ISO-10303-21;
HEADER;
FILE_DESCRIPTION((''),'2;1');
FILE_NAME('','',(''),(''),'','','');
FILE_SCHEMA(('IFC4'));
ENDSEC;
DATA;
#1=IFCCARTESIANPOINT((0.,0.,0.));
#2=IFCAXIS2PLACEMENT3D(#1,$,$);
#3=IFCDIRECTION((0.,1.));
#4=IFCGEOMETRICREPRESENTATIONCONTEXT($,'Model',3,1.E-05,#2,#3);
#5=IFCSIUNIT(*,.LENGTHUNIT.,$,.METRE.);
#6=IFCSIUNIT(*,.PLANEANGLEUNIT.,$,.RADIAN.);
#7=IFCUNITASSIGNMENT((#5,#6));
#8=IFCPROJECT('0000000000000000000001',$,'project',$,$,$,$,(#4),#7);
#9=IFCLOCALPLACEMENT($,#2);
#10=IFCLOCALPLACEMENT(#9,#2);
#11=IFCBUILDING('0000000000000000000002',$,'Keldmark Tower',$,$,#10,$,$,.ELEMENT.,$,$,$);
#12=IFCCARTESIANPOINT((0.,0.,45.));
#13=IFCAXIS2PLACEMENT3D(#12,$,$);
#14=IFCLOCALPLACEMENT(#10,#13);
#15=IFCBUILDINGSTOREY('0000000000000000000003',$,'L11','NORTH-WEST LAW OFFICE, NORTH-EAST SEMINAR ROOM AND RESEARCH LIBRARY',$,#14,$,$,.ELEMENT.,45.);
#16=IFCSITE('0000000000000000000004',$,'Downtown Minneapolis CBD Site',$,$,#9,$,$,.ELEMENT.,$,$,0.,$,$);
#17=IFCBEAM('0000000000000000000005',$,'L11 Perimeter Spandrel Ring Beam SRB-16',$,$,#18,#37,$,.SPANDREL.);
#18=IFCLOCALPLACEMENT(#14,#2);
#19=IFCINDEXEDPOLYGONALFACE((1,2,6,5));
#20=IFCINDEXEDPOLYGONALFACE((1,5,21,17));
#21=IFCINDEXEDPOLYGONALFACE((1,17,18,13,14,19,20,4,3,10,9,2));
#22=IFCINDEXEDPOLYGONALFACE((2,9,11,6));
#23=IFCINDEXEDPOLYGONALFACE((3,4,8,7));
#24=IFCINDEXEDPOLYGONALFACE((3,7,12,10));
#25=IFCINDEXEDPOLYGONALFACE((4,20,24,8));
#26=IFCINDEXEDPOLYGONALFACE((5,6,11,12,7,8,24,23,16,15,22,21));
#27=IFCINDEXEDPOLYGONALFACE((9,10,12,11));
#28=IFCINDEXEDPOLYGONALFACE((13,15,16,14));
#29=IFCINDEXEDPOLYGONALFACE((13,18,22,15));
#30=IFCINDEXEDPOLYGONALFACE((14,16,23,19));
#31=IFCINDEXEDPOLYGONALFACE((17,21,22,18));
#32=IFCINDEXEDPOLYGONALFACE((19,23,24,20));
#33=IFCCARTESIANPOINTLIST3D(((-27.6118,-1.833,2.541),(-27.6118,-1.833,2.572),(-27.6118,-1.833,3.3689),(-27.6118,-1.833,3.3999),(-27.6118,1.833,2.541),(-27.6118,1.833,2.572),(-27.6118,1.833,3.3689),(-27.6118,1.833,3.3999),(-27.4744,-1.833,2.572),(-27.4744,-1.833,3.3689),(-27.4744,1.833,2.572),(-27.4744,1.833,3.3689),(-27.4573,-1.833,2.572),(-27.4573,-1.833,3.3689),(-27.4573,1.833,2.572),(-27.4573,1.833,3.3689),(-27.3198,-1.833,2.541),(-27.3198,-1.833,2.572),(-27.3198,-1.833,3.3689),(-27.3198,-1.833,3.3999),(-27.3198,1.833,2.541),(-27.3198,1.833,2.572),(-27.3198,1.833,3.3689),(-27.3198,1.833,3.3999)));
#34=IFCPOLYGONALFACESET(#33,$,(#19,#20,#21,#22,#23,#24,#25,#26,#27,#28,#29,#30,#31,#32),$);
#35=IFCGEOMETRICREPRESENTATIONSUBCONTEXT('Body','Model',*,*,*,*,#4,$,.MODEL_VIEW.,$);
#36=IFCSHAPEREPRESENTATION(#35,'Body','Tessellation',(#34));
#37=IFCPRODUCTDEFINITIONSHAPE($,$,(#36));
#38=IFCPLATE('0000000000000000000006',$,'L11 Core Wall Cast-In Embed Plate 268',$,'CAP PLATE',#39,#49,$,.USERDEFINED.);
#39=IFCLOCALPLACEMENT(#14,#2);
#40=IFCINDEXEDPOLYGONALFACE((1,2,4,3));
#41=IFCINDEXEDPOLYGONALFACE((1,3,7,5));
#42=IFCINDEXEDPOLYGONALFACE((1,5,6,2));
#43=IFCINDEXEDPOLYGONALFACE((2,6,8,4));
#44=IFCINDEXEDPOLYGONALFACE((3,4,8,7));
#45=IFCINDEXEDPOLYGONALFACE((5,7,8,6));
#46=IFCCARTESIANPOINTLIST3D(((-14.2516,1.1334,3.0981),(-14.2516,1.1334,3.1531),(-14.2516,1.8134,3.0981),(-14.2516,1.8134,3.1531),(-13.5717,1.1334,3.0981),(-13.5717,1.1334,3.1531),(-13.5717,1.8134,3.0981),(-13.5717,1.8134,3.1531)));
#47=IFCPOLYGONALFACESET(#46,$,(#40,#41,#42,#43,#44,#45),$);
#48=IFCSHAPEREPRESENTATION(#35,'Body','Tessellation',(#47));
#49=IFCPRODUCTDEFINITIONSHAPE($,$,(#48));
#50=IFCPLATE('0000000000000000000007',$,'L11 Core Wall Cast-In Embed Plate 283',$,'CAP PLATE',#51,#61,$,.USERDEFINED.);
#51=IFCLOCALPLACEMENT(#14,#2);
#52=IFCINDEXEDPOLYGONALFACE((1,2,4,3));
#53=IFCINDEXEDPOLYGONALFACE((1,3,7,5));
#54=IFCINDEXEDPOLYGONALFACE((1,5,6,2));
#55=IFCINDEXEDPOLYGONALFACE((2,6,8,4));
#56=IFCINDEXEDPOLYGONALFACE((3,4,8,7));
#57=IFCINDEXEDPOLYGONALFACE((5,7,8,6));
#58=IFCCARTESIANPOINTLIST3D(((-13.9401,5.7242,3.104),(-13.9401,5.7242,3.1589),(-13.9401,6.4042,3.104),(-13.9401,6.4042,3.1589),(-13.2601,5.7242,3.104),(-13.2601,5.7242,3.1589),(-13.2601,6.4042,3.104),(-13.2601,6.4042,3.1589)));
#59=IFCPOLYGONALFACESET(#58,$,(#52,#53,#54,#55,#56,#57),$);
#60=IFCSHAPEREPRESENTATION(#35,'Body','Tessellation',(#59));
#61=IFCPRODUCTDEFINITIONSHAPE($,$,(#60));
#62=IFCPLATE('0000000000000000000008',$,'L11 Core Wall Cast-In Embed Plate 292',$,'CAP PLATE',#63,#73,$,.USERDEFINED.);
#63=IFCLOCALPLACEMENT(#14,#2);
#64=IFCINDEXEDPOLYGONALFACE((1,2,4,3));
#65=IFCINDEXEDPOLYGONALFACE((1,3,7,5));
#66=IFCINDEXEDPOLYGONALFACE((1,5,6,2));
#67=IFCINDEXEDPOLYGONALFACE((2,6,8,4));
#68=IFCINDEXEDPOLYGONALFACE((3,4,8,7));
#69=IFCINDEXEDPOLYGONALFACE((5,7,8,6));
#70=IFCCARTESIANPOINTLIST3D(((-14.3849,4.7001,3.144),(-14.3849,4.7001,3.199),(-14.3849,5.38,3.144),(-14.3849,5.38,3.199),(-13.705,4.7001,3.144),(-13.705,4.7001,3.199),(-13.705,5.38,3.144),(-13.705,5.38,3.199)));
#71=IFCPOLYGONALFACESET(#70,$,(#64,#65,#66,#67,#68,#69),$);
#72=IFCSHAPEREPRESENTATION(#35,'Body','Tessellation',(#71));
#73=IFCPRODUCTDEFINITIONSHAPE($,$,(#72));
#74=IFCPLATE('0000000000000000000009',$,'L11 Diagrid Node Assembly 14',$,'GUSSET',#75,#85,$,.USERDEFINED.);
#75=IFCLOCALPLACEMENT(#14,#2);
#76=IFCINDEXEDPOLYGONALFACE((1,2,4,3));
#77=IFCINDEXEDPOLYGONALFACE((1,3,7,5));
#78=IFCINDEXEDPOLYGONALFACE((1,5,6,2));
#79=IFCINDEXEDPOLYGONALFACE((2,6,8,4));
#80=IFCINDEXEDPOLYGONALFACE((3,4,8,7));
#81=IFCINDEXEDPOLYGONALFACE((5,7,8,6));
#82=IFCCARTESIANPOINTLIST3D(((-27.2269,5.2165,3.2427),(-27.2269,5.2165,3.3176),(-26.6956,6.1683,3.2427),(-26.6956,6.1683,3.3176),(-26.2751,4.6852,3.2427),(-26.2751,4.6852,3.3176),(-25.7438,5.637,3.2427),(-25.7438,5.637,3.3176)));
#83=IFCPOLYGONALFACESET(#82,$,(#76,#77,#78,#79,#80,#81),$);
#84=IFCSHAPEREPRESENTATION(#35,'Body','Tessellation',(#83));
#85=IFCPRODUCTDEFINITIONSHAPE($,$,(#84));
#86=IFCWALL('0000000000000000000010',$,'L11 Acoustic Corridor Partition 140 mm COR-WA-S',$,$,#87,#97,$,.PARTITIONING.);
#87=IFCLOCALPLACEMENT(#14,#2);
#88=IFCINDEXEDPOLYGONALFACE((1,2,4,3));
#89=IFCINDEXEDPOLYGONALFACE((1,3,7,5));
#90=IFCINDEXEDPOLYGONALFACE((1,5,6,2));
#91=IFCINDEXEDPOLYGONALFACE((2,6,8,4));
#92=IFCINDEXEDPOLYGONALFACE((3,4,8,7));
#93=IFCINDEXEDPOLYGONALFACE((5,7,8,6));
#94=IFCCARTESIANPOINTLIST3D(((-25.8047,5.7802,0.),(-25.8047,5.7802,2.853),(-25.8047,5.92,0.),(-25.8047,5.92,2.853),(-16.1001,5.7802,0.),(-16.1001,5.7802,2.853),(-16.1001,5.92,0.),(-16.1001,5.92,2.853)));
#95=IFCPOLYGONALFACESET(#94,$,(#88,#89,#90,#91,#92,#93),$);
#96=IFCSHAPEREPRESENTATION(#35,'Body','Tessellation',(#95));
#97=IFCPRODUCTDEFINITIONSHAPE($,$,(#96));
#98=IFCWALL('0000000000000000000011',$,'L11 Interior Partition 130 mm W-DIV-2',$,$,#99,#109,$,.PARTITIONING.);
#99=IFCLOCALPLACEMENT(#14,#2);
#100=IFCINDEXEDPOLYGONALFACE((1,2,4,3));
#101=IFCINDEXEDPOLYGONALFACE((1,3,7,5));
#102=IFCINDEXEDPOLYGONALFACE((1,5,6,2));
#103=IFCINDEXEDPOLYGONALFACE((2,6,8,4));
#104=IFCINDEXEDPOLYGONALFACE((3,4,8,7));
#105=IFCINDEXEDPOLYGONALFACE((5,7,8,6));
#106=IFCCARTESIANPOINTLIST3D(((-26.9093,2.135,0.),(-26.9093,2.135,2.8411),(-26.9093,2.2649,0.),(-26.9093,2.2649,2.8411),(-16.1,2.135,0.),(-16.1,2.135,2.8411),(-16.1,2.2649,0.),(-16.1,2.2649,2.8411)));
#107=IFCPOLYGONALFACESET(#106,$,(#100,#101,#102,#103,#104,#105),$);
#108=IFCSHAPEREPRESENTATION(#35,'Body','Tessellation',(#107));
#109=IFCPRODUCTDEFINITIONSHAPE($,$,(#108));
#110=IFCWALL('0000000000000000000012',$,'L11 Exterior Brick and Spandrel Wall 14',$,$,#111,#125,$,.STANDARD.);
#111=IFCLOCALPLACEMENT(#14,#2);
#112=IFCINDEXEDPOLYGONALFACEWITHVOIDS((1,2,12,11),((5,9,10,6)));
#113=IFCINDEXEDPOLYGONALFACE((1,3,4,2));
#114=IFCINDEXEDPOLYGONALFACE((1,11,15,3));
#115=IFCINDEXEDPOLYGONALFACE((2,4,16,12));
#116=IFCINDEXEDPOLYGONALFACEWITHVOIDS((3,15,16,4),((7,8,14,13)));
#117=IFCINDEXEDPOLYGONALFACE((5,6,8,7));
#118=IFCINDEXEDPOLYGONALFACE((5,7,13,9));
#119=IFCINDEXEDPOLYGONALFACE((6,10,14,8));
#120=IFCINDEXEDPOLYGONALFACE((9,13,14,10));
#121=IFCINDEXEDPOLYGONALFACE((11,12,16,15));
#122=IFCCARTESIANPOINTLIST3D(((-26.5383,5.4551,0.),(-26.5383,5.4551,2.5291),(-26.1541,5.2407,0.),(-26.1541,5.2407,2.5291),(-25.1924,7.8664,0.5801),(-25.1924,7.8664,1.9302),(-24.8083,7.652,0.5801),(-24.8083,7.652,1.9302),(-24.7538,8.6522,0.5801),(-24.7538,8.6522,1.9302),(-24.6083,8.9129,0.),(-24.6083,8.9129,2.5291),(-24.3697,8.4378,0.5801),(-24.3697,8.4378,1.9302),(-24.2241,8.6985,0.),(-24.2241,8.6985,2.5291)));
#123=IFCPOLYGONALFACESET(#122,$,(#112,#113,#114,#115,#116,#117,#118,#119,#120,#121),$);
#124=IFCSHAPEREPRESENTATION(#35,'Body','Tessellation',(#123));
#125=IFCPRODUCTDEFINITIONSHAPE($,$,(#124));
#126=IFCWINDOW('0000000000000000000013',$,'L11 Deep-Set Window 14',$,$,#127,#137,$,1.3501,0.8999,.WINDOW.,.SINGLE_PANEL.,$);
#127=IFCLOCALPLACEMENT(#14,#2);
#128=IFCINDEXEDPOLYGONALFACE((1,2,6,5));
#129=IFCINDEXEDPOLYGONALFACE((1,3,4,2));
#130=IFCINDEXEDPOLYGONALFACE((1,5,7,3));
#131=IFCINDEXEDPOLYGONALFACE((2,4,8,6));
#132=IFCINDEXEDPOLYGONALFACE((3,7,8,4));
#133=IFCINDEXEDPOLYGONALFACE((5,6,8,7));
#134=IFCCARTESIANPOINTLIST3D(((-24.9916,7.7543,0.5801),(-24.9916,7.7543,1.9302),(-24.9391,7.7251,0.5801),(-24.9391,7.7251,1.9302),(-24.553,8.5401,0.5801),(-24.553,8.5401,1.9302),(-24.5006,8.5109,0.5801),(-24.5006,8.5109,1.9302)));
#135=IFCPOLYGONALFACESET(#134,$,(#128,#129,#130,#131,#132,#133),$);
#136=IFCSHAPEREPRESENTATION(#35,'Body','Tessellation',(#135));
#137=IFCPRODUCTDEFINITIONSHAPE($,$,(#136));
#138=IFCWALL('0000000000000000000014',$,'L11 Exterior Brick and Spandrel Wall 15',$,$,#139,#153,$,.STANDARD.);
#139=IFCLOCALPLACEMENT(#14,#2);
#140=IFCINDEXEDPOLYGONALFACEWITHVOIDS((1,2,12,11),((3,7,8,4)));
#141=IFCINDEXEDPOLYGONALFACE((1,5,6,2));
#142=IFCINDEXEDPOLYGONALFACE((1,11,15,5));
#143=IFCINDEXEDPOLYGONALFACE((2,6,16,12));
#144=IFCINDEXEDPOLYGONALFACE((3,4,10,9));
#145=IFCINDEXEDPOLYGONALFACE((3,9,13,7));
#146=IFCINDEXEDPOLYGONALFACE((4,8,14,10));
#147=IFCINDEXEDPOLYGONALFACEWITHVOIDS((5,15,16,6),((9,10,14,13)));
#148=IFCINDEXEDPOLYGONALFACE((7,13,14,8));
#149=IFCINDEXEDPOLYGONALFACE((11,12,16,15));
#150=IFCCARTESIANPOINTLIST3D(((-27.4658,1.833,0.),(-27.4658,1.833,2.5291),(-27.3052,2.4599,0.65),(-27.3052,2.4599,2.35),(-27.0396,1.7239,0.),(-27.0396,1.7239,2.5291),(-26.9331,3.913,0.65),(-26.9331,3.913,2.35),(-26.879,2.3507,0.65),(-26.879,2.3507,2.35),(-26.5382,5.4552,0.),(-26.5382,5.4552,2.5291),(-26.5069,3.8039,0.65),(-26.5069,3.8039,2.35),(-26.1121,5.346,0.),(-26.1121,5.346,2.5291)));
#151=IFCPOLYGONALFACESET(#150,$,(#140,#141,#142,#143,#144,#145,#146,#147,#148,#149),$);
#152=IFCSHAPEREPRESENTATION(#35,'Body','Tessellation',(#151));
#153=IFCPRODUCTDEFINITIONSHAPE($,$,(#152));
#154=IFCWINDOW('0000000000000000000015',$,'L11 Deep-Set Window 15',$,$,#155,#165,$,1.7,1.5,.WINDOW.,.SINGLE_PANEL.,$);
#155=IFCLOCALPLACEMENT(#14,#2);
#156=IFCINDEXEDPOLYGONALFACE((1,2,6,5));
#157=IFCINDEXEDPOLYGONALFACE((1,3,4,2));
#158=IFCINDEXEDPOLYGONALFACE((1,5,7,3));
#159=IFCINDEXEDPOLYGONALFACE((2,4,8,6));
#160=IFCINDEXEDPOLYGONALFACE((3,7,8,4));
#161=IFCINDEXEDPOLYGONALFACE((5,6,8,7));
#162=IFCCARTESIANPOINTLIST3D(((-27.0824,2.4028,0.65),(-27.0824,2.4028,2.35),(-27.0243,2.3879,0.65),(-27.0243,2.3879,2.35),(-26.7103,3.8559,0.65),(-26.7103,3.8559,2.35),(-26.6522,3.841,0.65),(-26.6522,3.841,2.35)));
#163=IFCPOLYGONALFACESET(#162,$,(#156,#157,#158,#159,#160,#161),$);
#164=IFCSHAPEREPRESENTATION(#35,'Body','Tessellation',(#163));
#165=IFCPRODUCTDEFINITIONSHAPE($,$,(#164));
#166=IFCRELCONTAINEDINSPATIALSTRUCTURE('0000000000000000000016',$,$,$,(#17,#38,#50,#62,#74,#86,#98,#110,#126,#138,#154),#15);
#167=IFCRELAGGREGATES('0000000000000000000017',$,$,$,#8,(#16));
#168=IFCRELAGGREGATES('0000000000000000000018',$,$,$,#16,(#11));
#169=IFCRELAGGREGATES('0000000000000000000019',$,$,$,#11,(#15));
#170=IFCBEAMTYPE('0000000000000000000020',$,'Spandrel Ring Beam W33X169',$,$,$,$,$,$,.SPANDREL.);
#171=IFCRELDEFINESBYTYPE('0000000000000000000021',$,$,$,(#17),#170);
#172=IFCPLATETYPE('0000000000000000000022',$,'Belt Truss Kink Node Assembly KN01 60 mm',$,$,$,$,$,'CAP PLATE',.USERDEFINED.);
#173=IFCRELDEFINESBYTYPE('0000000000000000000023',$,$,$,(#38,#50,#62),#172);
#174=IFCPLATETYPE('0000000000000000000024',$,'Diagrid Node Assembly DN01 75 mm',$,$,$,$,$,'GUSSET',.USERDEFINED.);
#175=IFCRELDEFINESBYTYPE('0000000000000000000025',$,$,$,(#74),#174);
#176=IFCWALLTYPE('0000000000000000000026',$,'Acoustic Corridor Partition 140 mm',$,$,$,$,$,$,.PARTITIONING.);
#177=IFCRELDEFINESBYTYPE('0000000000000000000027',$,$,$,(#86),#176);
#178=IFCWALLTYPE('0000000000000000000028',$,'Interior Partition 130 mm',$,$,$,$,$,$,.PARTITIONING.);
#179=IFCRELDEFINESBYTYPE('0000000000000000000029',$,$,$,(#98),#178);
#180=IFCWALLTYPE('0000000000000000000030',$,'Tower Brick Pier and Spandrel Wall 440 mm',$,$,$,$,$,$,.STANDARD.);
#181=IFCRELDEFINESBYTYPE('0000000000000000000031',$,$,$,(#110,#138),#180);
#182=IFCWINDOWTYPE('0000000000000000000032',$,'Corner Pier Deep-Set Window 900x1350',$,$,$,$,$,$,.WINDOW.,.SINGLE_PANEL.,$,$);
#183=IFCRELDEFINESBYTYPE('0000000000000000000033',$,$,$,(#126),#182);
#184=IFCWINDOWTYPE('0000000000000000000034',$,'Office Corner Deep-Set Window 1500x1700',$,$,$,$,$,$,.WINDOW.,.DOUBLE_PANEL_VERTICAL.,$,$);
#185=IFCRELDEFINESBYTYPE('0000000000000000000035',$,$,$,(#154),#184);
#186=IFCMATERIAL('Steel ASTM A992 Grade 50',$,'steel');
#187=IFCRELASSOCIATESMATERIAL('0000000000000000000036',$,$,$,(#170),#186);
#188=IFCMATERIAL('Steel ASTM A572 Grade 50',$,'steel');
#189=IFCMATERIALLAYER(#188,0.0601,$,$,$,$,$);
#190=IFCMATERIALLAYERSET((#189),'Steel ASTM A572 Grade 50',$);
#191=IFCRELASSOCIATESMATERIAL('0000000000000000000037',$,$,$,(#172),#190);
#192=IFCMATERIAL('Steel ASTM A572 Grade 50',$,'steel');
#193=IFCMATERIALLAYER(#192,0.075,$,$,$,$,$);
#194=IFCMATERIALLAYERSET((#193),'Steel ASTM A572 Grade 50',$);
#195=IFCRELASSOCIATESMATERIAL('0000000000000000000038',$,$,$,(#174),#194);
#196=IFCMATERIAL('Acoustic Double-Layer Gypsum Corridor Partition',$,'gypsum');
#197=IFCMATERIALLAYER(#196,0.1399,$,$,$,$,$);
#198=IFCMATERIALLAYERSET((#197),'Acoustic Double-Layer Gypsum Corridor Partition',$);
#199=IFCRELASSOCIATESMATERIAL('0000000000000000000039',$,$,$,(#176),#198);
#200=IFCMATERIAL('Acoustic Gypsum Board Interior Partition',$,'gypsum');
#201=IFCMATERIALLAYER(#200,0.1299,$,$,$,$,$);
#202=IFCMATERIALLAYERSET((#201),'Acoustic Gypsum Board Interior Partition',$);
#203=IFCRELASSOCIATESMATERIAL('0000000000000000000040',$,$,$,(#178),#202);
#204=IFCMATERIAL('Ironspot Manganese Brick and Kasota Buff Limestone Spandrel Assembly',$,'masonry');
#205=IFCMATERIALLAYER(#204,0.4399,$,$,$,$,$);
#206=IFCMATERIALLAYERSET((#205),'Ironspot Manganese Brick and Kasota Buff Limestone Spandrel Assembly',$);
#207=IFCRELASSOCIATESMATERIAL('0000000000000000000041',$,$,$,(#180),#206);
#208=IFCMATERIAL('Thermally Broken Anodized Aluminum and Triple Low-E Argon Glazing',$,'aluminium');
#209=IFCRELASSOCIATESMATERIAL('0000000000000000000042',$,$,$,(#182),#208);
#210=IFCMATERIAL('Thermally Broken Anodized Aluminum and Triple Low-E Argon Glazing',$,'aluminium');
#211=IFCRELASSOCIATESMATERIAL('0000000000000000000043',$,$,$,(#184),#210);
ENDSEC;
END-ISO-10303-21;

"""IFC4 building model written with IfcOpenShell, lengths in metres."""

from ifc_helpers import new_model, si_unit, direction, frame, frame_2d, origin, origin_2d, place, context, subcontext, project, spatial, rectangle, i_section, extrude, material, layer, layer_set, material_profile, profile_set, type_object, element, fill, save


model = new_model("IFC4")

# Units and contexts
model_context = context("Model", 3, precision=1e-05, world=origin(), true_north=direction((0.0, 1.0)))
body_context = subcontext(model_context, "Body", "Model", "MODEL_VIEW")
ifc_project = project(units=[si_unit("LENGTHUNIT", "METRE"), si_unit("PLANEANGLEUNIT", "RADIAN")], contexts=[model_context])

# Site, building, storey
site_placement = place(None, origin())
site = spatial("IfcSite", under=ifc_project, at=site_placement, Name="Downtown Minneapolis CBD Site", CompositionType="ELEMENT", RefElevation=0.0)
building_placement = place(site_placement, origin())
building = spatial("IfcBuilding", under=site, at=building_placement, Name="Keldmark Tower", CompositionType="ELEMENT")
storey_placement = place(building_placement, frame((0.0, 0.0, 45.0)))
storey = spatial("IfcBuildingStorey", under=building, at=storey_placement, Name="L11", Description="NORTH-WEST LAW OFFICE, NORTH-EAST SEMINAR ROOM AND RESEARCH LIBRARY", CompositionType="ELEMENT", Elevation=45.0)

# Beam
ifc_material_1 = material(Name="Steel ASTM A992 Grade 50", Category="steel")
ifc_material_profile_1 = material_profile(ifc_material_1, i_section(OverallWidth=0.292, OverallDepth=0.8589, WebThickness=0.0171, FlangeThickness=0.031, at=origin_2d()), Name="W33X169")
ifc_profile_set_1 = profile_set([ifc_material_profile_1], Name="Steel ASTM A992 Grade 50")
beam_type_1 = type_object("IfcBeamType", Name="Spandrel Ring Beam W33X169", PredefinedType="SPANDREL", material=ifc_profile_set_1)
beam_1_placement = place(storey_placement, frame((-27.4658, 1.833, 2.9705), z_axis=(0.0, -1.0, 0.0), x_axis=(1.0, 0.0, 0.0)))
element("IfcBeam", 1, at=beam_1_placement, inside=storey, type_object=beam_type_1, Name="L11 Perimeter Spandrel Ring Beam SRB-16", PredefinedType="SPANDREL", context=body_context, shape_type="SweptSolid", body=[
    extrude(i_section(OverallWidth=0.292, OverallDepth=0.8589, WebThickness=0.0171, FlangeThickness=0.031, at=origin_2d()), origin(), (0.0, 0.0, 1.0), 3.666),
])

# Plates
ifc_material_2 = material(Name="Steel ASTM A572 Grade 50", Category="steel")
ifc_layer_1 = layer(ifc_material_2, 0.0601)
ifc_layer_set_1 = layer_set([ifc_layer_1], Name="Steel ASTM A572 Grade 50")
plate_type_1 = type_object("IfcPlateType", Name="Belt Truss Kink Node Assembly KN01 60 mm", ElementType="CAP PLATE", PredefinedType="USERDEFINED", material=ifc_layer_set_1)
for number, where, z_axis, x_axis, name in (
    (2, (-13.9116, 1.4734, 3.0981), (0.0, 0.0, 1.0), (1.0, 0.0, 0.0), "L11 Core Wall Cast-In Embed Plate 268"),
    (3, (-13.6001, 6.0642, 3.104), (0.0, 0.0, 1.0), (1.0, 0.0, 0.0), "L11 Core Wall Cast-In Embed Plate 283"),
    (4, (-14.0449, 5.04, 3.144), (0.0, 0.0, 1.0), (1.0, 0.0, 0.0), "L11 Core Wall Cast-In Embed Plate 292"),
):
    element("IfcPlate", number, at=place(storey_placement, frame(where, z_axis=z_axis, x_axis=x_axis)), inside=storey, type_object=plate_type_1, Name=name, ObjectType="CAP PLATE", PredefinedType="USERDEFINED", context=body_context, shape_type="SweptSolid", body=[
        extrude(rectangle(XDim=0.6799, YDim=0.6799, at=origin_2d()), origin(), (0.0, 0.0, 1.0), 0.0549),
    ])
ifc_material_3 = material(Name="Steel ASTM A572 Grade 50", Category="steel")
ifc_layer_2 = layer(ifc_material_3, 0.075)
ifc_layer_set_2 = layer_set([ifc_layer_2], Name="Steel ASTM A572 Grade 50")
plate_type_2 = type_object("IfcPlateType", Name="Diagrid Node Assembly DN01 75 mm", ElementType="GUSSET", PredefinedType="USERDEFINED", material=ifc_layer_set_2)
plate_placement = place(storey_placement, frame((-26.4854, 5.4268, 3.2427), z_axis=(0.0, 0.0, 1.0), x_axis=(-0.487403, -0.873177, 0.0)))
element("IfcPlate", 5, at=plate_placement, inside=storey, type_object=plate_type_2, Name="L11 Diagrid Node Assembly 14", ObjectType="GUSSET", PredefinedType="USERDEFINED", context=body_context, shape_type="SweptSolid", body=[
    extrude(rectangle(XDim=1.0901, YDim=1.0901, at=origin_2d()), origin(), (0.0, 0.0, 1.0), 0.075),
])

# Walls
ifc_material_4 = material(Name="Acoustic Double-Layer Gypsum Corridor Partition", Category="gypsum")
ifc_layer_3 = layer(ifc_material_4, 0.1399)
ifc_layer_set_3 = layer_set([ifc_layer_3], Name="Acoustic Double-Layer Gypsum Corridor Partition")
wall_type_1 = type_object("IfcWallType", Name="Acoustic Corridor Partition 140 mm", PredefinedType="PARTITIONING", material=ifc_layer_set_3)
wall_1_placement = place(storey_placement, frame((-25.8047, 5.8501, 0.0), z_axis=(0.0, 0.0, 1.0), x_axis=(1.0, 0.0, 0.0)))
element("IfcWall", 6, at=wall_1_placement, inside=storey, type_object=wall_type_1, Name="L11 Acoustic Corridor Partition 140 mm COR-WA-S", PredefinedType="PARTITIONING", context=body_context, shape_type="SweptSolid", body=[
    extrude(rectangle(XDim=9.7046, YDim=0.1399, at=frame_2d((4.8523, 0.0))), origin(), (0.0, 0.0, 1.0), 2.853),
])
ifc_material_5 = material(Name="Acoustic Gypsum Board Interior Partition", Category="gypsum")
ifc_layer_4 = layer(ifc_material_5, 0.1299)
ifc_layer_set_4 = layer_set([ifc_layer_4], Name="Acoustic Gypsum Board Interior Partition")
wall_type_2 = type_object("IfcWallType", Name="Interior Partition 130 mm", PredefinedType="PARTITIONING", material=ifc_layer_set_4)
wall_2_placement = place(storey_placement, frame((-26.9094, 2.2, 0.0), z_axis=(0.0, 0.0, 1.0), x_axis=(1.0, 0.0, 0.0)))
element("IfcWall", 7, at=wall_2_placement, inside=storey, type_object=wall_type_2, Name="L11 Interior Partition 130 mm W-DIV-2", PredefinedType="PARTITIONING", context=body_context, shape_type="SweptSolid", body=[
    extrude(rectangle(XDim=10.8093, YDim=0.1299, at=frame_2d((5.4048, 0.0))), origin(), (0.0, 0.0, 1.0), 2.8411),
])

# Walls, openings, windows
ifc_material_6 = material(Name="Ironspot Manganese Brick and Kasota Buff Limestone Spandrel Assembly", Category="masonry")
ifc_layer_5 = layer(ifc_material_6, 0.4399)
ifc_layer_set_5 = layer_set([ifc_layer_5], Name="Ironspot Manganese Brick and Kasota Buff Limestone Spandrel Assembly")
wall_type_3 = type_object("IfcWallType", Name="Tower Brick Pier and Spandrel Wall 440 mm", PredefinedType="STANDARD", material=ifc_layer_set_5)
wall_3_placement = place(storey_placement, frame((-26.3462, 5.3479, 0.0), z_axis=(0.0, 0.0, 1.0), x_axis=(0.487369, 0.873196, 0.0)))
wall_3 = element("IfcWall", 8, at=wall_3_placement, inside=storey, type_object=wall_type_3, Name="L11 Exterior Brick and Spandrel Wall 14", PredefinedType="STANDARD", context=body_context, shape_type="SweptSolid", body=[
    extrude(rectangle(XDim=3.96, YDim=0.4399, at=frame_2d((1.98, 0.0))), origin(), (0.0, 0.0, 1.0), 2.5291),
])
opening_1_placement = place(wall_3_placement, frame((2.7615, 0.0, 0.5801)))
opening_1 = element("IfcOpeningElement", 9, at=opening_1_placement, cuts=wall_3, PredefinedType="OPENING", context=body_context, shape_type="SweptSolid", body=[
    extrude(rectangle(XDim=0.8999, YDim=1.3501, at=frame_2d((0.45, 0.675))), frame((0.0, 0.23, 0.0), z_axis=(0.0, -1.0, 0.0), x_axis=(1.0, 0.0, 0.0)), (0.0, 0.0, 1.0), 0.46),
])
ifc_material_7 = material(Name="Thermally Broken Anodized Aluminum and Triple Low-E Argon Glazing", Category="aluminium")
window_type_1 = type_object("IfcWindowType", Name="Corner Pier Deep-Set Window 900x1350", PartitioningType="SINGLE_PANEL", PredefinedType="WINDOW", material=ifc_material_7)
window_1_placement = place(opening_1_placement, origin())
window_1 = element("IfcWindow", 10, at=window_1_placement, inside=storey, type_object=window_type_1, Name="L11 Deep-Set Window 14", OverallHeight=1.3501, OverallWidth=0.8999, PartitioningType="SINGLE_PANEL", PredefinedType="WINDOW", context=body_context, shape_type="SweptSolid", body=[
    extrude(rectangle(XDim=0.8999, YDim=1.3501, at=frame_2d((0.45, 0.675))), frame((0.0, -0.01, 0.0), z_axis=(0.0, -1.0, 0.0), x_axis=(1.0, 0.0, 0.0)), (0.0, 0.0, 1.0), 0.0601),
])
fill(opening_1, window_1)
wall_4_placement = place(storey_placement, frame((-27.2527, 1.7783, 0.0), z_axis=(0.0, 0.0, 1.0), x_axis=(0.248063, 0.968744, 0.0)))
wall_4 = element("IfcWall", 11, at=wall_4_placement, inside=storey, type_object=wall_type_3, Name="L11 Exterior Brick and Spandrel Wall 15", PredefinedType="STANDARD", context=body_context, shape_type="SweptSolid", body=[
    extrude(rectangle(XDim=3.739, YDim=0.4399, at=frame_2d((1.8696, 0.0))), origin(), (0.0, 0.0, 1.0), 2.5291),
])
opening_2_placement = place(wall_4_placement, frame((0.6472, 0.0, 0.6499)))
opening_2 = element("IfcOpeningElement", 12, at=opening_2_placement, cuts=wall_4, PredefinedType="OPENING", context=body_context, shape_type="SweptSolid", body=[
    extrude(rectangle(XDim=1.5, YDim=1.7, at=frame_2d((0.75, 0.8501))), frame((0.0, 0.23, 0.0), z_axis=(0.0, -1.0, 0.0), x_axis=(1.0, 0.0, 0.0)), (0.0, 0.0, 1.0), 0.46),
])
ifc_material_8 = material(Name="Thermally Broken Anodized Aluminum and Triple Low-E Argon Glazing", Category="aluminium")
window_type_2 = type_object("IfcWindowType", Name="Office Corner Deep-Set Window 1500x1700", PartitioningType="DOUBLE_PANEL_VERTICAL", PredefinedType="WINDOW", material=ifc_material_8)
window_2_placement = place(opening_2_placement, origin())
window_2 = element("IfcWindow", 13, at=window_2_placement, inside=storey, type_object=window_type_2, Name="L11 Deep-Set Window 15", OverallHeight=1.7, OverallWidth=1.5, PartitioningType="SINGLE_PANEL", PredefinedType="WINDOW", context=body_context, shape_type="SweptSolid", body=[
    extrude(rectangle(XDim=1.5, YDim=1.7, at=frame_2d((0.75, 0.8501))), frame((0.0, -0.01, 0.0), z_axis=(0.0, -1.0, 0.0), x_axis=(1.0, 0.0, 0.0)), (0.0, 0.0, 1.0), 0.0601),
])
fill(opening_2, window_2)

save(model, "model.ifc")
